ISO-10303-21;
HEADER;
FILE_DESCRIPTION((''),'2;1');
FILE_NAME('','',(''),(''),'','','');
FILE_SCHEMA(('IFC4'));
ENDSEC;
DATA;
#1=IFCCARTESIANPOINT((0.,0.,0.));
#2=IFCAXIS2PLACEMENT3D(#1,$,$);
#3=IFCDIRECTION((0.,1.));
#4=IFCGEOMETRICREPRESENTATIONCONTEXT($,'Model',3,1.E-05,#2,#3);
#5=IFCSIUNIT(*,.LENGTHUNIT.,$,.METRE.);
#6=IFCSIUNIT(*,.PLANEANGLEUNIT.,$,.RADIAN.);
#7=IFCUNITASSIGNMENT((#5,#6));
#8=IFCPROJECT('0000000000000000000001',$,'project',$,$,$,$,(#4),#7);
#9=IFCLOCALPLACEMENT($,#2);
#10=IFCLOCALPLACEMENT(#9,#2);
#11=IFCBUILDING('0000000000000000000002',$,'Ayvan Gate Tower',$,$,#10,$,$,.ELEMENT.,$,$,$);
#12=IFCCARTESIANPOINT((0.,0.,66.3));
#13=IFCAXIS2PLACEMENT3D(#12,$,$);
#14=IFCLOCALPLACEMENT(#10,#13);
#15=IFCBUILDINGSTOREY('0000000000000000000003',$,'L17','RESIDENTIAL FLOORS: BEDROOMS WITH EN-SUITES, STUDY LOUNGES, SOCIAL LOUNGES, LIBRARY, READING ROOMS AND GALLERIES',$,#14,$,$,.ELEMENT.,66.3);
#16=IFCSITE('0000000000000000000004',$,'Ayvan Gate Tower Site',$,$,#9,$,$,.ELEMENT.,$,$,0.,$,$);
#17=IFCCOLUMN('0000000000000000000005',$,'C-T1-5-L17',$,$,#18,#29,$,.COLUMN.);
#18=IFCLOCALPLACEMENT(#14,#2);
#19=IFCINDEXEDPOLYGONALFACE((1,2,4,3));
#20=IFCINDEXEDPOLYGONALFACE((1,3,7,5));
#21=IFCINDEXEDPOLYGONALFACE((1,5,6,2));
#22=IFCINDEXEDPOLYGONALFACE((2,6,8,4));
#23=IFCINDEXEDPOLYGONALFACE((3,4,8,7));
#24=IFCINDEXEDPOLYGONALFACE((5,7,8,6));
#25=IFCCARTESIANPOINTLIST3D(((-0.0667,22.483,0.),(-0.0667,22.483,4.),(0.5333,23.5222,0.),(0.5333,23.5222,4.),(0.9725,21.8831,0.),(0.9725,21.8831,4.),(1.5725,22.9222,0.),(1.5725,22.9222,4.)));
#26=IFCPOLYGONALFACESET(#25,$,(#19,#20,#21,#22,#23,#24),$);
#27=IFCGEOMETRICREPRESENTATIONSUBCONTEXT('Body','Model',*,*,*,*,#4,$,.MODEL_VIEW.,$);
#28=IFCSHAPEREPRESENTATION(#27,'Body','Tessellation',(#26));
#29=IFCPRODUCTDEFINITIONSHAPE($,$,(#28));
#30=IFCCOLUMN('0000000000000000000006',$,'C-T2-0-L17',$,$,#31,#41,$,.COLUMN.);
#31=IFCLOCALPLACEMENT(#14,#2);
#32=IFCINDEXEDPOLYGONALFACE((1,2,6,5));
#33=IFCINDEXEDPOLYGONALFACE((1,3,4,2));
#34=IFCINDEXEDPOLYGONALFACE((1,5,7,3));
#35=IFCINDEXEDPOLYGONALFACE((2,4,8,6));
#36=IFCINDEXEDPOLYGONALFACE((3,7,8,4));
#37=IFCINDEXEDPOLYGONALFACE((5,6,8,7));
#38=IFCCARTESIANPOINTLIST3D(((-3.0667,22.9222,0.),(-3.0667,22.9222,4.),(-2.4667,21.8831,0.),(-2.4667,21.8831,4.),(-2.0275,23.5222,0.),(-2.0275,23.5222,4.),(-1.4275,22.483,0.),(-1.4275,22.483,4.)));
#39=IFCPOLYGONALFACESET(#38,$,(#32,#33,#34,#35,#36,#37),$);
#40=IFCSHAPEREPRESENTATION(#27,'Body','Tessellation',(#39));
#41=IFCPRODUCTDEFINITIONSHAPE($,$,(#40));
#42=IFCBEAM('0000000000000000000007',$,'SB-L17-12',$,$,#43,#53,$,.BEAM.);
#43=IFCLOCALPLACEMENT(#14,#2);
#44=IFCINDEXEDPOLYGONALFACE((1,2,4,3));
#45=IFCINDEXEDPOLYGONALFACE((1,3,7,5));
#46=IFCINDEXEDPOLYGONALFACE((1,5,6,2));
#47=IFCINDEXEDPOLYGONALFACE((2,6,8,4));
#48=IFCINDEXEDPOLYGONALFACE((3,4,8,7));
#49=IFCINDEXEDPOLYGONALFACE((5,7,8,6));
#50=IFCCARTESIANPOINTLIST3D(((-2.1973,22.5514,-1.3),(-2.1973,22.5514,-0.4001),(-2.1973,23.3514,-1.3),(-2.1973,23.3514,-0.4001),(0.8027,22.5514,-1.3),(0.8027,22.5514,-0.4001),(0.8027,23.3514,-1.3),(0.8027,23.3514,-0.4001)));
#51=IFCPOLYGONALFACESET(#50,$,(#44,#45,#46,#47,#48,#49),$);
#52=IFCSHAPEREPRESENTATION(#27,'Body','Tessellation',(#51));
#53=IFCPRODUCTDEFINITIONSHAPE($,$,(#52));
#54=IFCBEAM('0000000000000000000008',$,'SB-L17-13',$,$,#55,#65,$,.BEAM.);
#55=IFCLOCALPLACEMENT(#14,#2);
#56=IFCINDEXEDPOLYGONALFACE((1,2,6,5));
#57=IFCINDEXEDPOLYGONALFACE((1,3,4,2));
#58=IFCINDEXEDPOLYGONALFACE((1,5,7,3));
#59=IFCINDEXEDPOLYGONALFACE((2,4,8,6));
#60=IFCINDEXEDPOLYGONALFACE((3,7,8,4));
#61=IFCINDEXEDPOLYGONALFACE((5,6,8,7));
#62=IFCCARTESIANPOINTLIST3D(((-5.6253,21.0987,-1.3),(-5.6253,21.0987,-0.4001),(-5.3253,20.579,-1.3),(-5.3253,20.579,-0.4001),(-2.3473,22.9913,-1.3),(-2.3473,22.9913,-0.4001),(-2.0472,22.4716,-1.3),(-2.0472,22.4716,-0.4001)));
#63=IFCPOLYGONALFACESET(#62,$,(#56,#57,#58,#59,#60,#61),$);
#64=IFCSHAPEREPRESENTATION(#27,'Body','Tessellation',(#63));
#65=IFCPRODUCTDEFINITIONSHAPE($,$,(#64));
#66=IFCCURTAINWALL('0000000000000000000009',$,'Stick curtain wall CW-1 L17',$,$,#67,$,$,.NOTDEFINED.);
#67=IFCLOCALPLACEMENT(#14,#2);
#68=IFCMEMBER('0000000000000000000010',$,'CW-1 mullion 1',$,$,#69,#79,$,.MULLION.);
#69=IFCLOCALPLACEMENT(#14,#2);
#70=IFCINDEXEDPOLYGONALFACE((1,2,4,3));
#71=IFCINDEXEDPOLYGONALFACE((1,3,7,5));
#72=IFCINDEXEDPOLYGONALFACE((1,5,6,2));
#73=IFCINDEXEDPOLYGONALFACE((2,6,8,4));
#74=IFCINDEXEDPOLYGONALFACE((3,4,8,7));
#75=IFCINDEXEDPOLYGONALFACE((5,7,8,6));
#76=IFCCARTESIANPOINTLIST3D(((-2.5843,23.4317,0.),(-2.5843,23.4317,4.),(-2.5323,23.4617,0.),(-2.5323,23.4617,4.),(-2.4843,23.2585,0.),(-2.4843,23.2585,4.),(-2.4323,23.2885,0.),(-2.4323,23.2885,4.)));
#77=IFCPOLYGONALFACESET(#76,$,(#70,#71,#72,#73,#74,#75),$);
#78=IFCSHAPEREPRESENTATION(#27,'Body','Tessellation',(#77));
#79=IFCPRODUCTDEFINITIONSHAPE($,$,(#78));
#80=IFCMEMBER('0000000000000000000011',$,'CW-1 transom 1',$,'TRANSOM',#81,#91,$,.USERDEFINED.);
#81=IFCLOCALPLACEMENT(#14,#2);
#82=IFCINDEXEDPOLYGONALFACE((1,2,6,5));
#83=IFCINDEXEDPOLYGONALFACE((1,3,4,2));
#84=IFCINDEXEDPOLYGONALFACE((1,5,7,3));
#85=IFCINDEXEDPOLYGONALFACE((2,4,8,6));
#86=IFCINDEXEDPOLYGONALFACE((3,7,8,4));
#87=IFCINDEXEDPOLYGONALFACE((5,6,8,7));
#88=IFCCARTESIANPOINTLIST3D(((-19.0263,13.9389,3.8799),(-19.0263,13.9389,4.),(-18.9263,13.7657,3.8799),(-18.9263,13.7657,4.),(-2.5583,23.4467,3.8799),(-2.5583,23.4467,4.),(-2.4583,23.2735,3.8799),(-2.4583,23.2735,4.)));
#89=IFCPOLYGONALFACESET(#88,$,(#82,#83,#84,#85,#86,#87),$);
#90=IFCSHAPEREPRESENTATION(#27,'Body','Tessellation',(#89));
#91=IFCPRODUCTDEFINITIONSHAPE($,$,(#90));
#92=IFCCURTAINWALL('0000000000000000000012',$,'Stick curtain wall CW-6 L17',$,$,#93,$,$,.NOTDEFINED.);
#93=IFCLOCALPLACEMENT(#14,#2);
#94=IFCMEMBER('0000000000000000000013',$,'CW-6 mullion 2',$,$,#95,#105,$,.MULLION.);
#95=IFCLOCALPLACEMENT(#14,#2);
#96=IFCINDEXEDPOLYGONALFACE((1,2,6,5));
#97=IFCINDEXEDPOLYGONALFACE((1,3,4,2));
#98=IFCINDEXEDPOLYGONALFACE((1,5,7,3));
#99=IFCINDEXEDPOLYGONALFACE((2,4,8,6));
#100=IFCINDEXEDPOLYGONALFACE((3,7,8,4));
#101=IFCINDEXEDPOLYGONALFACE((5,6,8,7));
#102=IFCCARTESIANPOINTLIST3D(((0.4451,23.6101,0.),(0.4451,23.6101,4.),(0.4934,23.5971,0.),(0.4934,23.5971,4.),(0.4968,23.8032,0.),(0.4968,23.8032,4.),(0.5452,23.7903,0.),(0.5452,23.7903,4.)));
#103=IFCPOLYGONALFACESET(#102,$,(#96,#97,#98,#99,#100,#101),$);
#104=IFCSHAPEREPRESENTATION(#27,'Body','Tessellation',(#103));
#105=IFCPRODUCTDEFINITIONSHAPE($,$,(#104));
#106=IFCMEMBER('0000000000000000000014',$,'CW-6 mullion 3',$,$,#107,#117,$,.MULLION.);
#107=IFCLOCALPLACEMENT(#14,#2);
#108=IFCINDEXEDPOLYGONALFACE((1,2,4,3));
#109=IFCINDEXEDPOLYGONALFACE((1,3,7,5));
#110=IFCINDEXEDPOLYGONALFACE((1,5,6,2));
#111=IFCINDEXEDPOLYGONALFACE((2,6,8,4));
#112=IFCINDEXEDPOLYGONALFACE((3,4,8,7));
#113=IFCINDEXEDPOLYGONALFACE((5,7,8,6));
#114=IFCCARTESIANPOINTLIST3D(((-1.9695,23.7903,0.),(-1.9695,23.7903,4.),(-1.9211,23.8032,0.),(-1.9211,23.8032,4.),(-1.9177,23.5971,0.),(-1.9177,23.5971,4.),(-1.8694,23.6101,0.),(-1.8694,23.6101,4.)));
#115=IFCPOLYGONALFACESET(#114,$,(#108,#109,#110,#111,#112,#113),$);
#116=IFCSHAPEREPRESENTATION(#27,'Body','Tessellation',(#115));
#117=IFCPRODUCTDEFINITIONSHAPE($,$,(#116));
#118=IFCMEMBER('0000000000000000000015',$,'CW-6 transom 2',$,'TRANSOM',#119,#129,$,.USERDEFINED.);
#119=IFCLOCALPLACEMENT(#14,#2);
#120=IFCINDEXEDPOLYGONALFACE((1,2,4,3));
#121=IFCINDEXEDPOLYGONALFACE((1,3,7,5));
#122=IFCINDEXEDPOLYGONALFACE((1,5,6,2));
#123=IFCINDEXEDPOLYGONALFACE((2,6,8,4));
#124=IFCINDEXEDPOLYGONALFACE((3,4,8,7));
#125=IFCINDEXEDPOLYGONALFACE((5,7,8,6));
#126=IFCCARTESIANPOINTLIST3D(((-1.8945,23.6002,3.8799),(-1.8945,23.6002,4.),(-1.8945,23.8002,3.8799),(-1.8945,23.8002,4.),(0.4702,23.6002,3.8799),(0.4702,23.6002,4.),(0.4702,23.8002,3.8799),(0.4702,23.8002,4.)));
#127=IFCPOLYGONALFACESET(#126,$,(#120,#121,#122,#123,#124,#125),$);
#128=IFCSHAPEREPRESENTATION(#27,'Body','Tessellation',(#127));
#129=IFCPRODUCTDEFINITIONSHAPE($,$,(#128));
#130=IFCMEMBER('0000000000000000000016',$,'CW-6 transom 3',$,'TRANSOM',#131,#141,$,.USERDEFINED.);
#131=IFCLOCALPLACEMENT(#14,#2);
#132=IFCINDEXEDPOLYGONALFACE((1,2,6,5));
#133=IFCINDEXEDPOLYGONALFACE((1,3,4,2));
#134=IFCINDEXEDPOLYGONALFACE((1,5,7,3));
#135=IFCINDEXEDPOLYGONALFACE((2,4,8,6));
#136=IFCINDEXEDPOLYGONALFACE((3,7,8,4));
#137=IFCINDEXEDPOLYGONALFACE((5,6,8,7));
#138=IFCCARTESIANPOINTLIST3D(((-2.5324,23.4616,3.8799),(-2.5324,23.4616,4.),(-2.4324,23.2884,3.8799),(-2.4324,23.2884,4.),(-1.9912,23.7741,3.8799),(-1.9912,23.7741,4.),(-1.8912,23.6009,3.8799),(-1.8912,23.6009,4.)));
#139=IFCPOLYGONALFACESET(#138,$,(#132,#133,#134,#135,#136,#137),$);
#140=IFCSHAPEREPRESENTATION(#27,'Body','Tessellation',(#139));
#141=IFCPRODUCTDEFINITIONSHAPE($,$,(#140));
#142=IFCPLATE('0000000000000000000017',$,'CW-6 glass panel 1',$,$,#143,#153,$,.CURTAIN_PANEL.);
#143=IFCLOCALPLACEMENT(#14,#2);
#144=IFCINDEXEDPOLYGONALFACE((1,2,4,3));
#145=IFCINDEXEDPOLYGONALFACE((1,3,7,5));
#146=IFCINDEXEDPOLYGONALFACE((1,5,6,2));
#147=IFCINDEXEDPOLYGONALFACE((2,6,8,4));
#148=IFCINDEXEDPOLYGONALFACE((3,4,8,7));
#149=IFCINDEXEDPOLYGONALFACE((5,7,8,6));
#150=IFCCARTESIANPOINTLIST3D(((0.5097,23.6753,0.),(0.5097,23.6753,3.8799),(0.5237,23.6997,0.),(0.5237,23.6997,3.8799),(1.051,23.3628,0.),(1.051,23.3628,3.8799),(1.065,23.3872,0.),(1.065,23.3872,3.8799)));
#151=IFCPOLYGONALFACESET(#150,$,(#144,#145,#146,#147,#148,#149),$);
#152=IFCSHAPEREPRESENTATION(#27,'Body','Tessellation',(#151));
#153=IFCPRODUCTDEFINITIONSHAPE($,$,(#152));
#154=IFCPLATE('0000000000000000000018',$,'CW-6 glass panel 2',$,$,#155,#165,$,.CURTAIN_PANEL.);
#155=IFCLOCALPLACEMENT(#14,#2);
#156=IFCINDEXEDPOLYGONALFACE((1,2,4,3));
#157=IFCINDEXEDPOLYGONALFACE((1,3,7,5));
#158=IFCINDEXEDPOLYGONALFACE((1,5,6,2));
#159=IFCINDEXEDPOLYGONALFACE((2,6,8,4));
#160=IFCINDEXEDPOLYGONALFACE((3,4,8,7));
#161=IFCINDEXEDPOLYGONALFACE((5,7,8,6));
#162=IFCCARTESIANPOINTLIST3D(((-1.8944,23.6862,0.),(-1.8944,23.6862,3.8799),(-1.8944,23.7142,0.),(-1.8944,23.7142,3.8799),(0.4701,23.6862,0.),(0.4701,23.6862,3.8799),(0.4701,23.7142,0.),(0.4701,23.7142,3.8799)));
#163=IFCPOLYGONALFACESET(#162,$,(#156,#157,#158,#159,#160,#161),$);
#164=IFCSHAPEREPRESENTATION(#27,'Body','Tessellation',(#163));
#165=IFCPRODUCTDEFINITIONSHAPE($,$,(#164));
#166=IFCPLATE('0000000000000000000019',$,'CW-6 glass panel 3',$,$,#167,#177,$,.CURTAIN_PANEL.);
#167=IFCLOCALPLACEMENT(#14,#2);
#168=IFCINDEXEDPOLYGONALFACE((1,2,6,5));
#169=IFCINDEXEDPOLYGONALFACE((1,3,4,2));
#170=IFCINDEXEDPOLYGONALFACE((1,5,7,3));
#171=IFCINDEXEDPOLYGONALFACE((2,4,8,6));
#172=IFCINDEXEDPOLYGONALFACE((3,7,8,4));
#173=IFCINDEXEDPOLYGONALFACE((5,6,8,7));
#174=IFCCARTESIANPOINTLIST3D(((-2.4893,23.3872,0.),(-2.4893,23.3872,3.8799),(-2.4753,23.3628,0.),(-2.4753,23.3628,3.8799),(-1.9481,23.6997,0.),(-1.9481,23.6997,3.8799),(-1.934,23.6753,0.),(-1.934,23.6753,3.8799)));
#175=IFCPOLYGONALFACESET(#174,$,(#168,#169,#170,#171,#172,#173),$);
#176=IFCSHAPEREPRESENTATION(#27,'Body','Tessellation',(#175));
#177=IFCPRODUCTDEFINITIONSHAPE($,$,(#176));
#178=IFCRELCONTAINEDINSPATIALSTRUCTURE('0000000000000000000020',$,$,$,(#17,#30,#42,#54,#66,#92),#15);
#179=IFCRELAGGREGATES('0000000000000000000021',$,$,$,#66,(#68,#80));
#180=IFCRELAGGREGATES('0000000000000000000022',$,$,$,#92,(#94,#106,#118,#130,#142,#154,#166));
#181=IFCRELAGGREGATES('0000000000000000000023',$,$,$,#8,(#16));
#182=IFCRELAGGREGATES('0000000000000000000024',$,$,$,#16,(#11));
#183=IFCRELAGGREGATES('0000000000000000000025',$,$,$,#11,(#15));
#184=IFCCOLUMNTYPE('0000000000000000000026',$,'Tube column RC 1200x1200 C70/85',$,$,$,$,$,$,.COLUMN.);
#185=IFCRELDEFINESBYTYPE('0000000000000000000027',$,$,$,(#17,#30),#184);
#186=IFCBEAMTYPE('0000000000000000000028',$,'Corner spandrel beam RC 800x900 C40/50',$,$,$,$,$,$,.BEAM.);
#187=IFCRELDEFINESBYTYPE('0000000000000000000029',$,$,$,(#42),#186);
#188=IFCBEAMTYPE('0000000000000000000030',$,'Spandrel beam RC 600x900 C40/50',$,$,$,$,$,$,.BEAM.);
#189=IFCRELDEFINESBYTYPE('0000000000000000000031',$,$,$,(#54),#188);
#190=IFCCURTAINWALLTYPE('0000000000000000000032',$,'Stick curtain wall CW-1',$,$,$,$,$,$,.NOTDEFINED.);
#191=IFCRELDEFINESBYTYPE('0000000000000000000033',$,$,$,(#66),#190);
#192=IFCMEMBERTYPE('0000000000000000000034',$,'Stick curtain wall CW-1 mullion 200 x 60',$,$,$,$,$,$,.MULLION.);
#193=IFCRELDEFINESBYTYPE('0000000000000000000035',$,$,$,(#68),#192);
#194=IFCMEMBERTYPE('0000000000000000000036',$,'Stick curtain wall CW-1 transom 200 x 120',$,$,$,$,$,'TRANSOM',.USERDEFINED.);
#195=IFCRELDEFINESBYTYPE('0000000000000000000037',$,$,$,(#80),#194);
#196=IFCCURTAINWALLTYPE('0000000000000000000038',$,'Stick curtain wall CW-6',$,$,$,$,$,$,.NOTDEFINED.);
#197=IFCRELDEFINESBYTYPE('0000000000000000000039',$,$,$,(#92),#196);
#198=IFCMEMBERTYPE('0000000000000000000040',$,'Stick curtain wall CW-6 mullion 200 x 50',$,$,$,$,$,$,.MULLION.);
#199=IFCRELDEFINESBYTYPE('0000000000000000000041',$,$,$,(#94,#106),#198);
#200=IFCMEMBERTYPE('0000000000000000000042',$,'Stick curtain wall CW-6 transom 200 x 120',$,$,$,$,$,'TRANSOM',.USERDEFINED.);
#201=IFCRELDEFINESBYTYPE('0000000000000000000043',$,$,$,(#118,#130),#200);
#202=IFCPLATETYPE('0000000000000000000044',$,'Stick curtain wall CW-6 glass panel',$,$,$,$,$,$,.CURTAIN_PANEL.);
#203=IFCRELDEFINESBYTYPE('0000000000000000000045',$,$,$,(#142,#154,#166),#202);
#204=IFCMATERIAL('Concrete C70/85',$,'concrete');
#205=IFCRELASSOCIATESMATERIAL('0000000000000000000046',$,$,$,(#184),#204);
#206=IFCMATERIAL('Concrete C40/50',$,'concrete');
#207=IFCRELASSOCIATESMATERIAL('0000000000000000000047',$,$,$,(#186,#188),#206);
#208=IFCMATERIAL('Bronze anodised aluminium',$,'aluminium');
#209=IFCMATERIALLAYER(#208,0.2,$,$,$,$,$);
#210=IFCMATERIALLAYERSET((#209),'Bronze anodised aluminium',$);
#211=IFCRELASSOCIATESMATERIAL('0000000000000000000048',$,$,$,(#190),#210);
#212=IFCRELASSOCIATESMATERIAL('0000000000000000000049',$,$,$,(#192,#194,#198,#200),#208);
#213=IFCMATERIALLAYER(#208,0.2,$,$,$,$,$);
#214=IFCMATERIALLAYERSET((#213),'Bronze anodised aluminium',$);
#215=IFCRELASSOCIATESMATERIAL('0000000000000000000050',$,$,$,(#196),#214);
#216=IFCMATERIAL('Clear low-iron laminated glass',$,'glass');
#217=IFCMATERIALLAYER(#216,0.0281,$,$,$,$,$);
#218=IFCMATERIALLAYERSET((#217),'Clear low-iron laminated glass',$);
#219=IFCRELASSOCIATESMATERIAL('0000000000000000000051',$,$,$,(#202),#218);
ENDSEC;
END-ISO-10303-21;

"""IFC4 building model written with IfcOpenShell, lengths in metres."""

from ifc_helpers import new_model, si_unit, direction, frame, origin, origin_2d, place, context, subcontext, project, spatial, rectangle, extrude, material, layer, layer_set, material_profile, profile_set, type_object, element, aggregate, save


model = new_model("IFC4")

# Units and contexts
model_context = context("Model", 3, precision=1e-05, world=origin(), true_north=direction((0.0, 1.0)))
body_context = subcontext(model_context, "Body", "Model", "MODEL_VIEW")
ifc_project = project(units=[si_unit("LENGTHUNIT", "METRE"), si_unit("PLANEANGLEUNIT", "RADIAN")], contexts=[model_context])

# Site, building, storey
site_placement = place(None, origin())
site = spatial("IfcSite", under=ifc_project, at=site_placement, Name="Ayvan Gate Tower Site", CompositionType="ELEMENT", RefElevation=0.0)
building_placement = place(site_placement, origin())
building = spatial("IfcBuilding", under=site, at=building_placement, Name="Ayvan Gate Tower", CompositionType="ELEMENT")
storey_placement = place(building_placement, frame((0.0, 0.0, 66.3)))
storey = spatial("IfcBuildingStorey", under=building, at=storey_placement, Name="L17", Description="RESIDENTIAL FLOORS: BEDROOMS WITH EN-SUITES, STUDY LOUNGES, SOCIAL LOUNGES, LIBRARY, READING ROOMS AND GALLERIES", CompositionType="ELEMENT", Elevation=66.3)

# Columns
ifc_material_1 = material(Name="Concrete C70/85", Category="concrete")
ifc_material_profile_1 = material_profile(ifc_material_1, rectangle(XDim=1.2, YDim=1.2, at=origin_2d()), Name="RC 1200x1200")
ifc_profile_set_1 = profile_set([ifc_material_profile_1], Name="Concrete C70/85")
column_type = type_object("IfcColumnType", Name="Tube column RC 1200x1200 C70/85", PredefinedType="COLUMN", material=ifc_profile_set_1)
for number, where, z_axis, x_axis, name in (
    (1, (0.7529, 22.7026, 0.0), (0.0, 0.0, 1.0), (0.5, 0.866025, 0.0), "C-T1-5-L17"),
    (2, (-2.2471, 22.7026, 0.0), (0.0, 0.0, 1.0), (-0.5, 0.866025, 0.0), "C-T2-0-L17"),
):
    element("IfcColumn", number, at=place(storey_placement, frame(where, z_axis=z_axis, x_axis=x_axis)), inside=storey, type_object=column_type, Name=name, PredefinedType="COLUMN", context=body_context, shape_type="SweptSolid", body=[
        extrude(rectangle(XDim=1.2, YDim=1.2, at=origin_2d()), origin(), (0.0, 0.0, 1.0), 4.0),
    ])

# Beams
ifc_material_2 = material(Name="Concrete C40/50", Category="concrete")
ifc_material_profile_2 = material_profile(ifc_material_2, rectangle(XDim=0.8, YDim=0.8999, at=origin_2d()), Name="RC 800x900")
ifc_profile_set_2 = profile_set([ifc_material_profile_2], Name="Concrete C40/50")
beam_type_1 = type_object("IfcBeamType", Name="Corner spandrel beam RC 800x900 C40/50", PredefinedType="BEAM", material=ifc_profile_set_2)
beam_1_placement = place(storey_placement, frame((0.8027, 22.9514, -0.8501), z_axis=(-1.0, 0.0, 0.0), x_axis=(0.0, -1.0, 0.0)))
element("IfcBeam", 3, at=beam_1_placement, inside=storey, type_object=beam_type_1, Name="SB-L17-12", PredefinedType="BEAM", context=body_context, shape_type="SweptSolid", body=[
    extrude(rectangle(XDim=0.8, YDim=0.8999, at=origin_2d()), origin(), (0.0, 0.0, 1.0), 3.0),
])
ifc_material_profile_3 = material_profile(ifc_material_2, rectangle(XDim=0.6001, YDim=0.8999, at=origin_2d()), Name="RC 600x900")
ifc_profile_set_3 = profile_set([ifc_material_profile_3], Name="Concrete C40/50")
beam_type_2 = type_object("IfcBeamType", Name="Spandrel beam RC 600x900 C40/50", PredefinedType="BEAM", material=ifc_profile_set_3)
beam_2_placement = place(storey_placement, frame((-2.1973, 22.7314, -0.8501), z_axis=(-0.866028, -0.499996, 0.0), x_axis=(0.499996, -0.866028, 0.0)))
element("IfcBeam", 4, at=beam_2_placement, inside=storey, type_object=beam_type_2, Name="SB-L17-13", PredefinedType="BEAM", context=body_context, shape_type="SweptSolid", body=[
    extrude(rectangle(XDim=0.6001, YDim=0.8999, at=origin_2d()), origin(), (0.0, 0.0, 1.0), 3.7852),
])

# Curtain wall, members
ifc_material_3 = material(Name="Bronze anodised aluminium", Category="aluminium")
ifc_layer_1 = layer(ifc_material_3, 0.2)
ifc_layer_set_1 = layer_set([ifc_layer_1], Name="Bronze anodised aluminium")
curtain_wall_type_1 = type_object("IfcCurtainWallType", Name="Stick curtain wall CW-1", PredefinedType="NOTDEFINED", material=ifc_layer_set_1)
curtain_wall_1_placement = place(storey_placement, origin())
curtain_wall_1 = element("IfcCurtainWall", 5, at=curtain_wall_1_placement, inside=storey, type_object=curtain_wall_type_1, Name="Stick curtain wall CW-1 L17", PredefinedType="NOTDEFINED")
ifc_material_profile_4 = material_profile(ifc_material_3, rectangle(XDim=0.2, YDim=0.0601, at=origin_2d()), Name="Stick curtain wall CW-1 mullion 200 x 60")
ifc_profile_set_4 = profile_set([ifc_material_profile_4], Name="Bronze anodised aluminium")
member_type_1 = type_object("IfcMemberType", Name="Stick curtain wall CW-1 mullion 200 x 60", PredefinedType="MULLION", material=ifc_profile_set_4)
member_1_placement = place(storey_placement, frame((-2.5083, 23.3601, 0.0), z_axis=(0.0, 0.0, 1.0), x_axis=(-0.5, 0.866025, 0.0)))
member_1 = element("IfcMember", 6, at=member_1_placement, type_object=member_type_1, Name="CW-1 mullion 1", PredefinedType="MULLION", context=body_context, shape_type="SweptSolid", body=[
    extrude(rectangle(XDim=0.2, YDim=0.0601, at=origin_2d()), origin(), (0.0, 0.0, 1.0), 4.0),
])
ifc_material_profile_5 = material_profile(ifc_material_3, rectangle(XDim=0.2, YDim=0.1201, at=origin_2d()), Name="Stick curtain wall CW-1 transom 200 x 120")
ifc_profile_set_5 = profile_set([ifc_material_profile_5], Name="Bronze anodised aluminium")
member_type_2 = type_object("IfcMemberType", Name="Stick curtain wall CW-1 transom 200 x 120", ElementType="TRANSOM", PredefinedType="USERDEFINED", material=ifc_profile_set_5)
member_2_placement = place(storey_placement, frame((-2.5083, 23.3601, 3.9399), z_axis=(-0.866025, -0.5, 0.0), x_axis=(0.5, -0.866025, 0.0)))
member_2 = element("IfcMember", 7, at=member_2_placement, type_object=member_type_2, Name="CW-1 transom 1", ObjectType="TRANSOM", PredefinedType="USERDEFINED", context=body_context, shape_type="SweptSolid", body=[
    extrude(rectangle(XDim=0.2, YDim=0.1201, at=origin_2d()), origin(), (0.0, 0.0, 1.0), 19.0156),
])
aggregate(curtain_wall_1, [member_1, member_2])

# Curtain wall, members, plates
ifc_layer_2 = layer(ifc_material_3, 0.2)
ifc_layer_set_2 = layer_set([ifc_layer_2], Name="Bronze anodised aluminium")
curtain_wall_type_2 = type_object("IfcCurtainWallType", Name="Stick curtain wall CW-6", PredefinedType="NOTDEFINED", material=ifc_layer_set_2)
curtain_wall_2_placement = place(storey_placement, origin())
curtain_wall_2 = element("IfcCurtainWall", 8, at=curtain_wall_2_placement, inside=storey, type_object=curtain_wall_type_2, Name="Stick curtain wall CW-6 L17", PredefinedType="NOTDEFINED")
ifc_material_profile_6 = material_profile(ifc_material_3, rectangle(XDim=0.2, YDim=0.05, at=origin_2d()), Name="Stick curtain wall CW-6 mullion 200 x 50")
ifc_profile_set_6 = profile_set([ifc_material_profile_6], Name="Bronze anodised aluminium")
member_type_3 = type_object("IfcMemberType", Name="Stick curtain wall CW-6 mullion 200 x 50", PredefinedType="MULLION", material=ifc_profile_set_6)
member_3_placement = place(storey_placement, frame((0.4951, 23.7002, 0.0), z_axis=(0.0, 0.0, 1.0), x_axis=(0.258819, 0.965926, 0.0)))
member_3 = element("IfcMember", 9, at=member_3_placement, type_object=member_type_3, Name="CW-6 mullion 2", PredefinedType="MULLION", context=body_context, shape_type="SweptSolid", body=[
    extrude(rectangle(XDim=0.2, YDim=0.05, at=origin_2d()), origin(), (0.0, 0.0, 1.0), 4.0),
])
member_4_placement = place(storey_placement, frame((-1.9194, 23.7002, 0.0), z_axis=(0.0, 0.0, 1.0), x_axis=(-0.258819, 0.965926, 0.0)))
member_4 = element("IfcMember", 10, at=member_4_placement, type_object=member_type_3, Name="CW-6 mullion 3", PredefinedType="MULLION", context=body_context, shape_type="SweptSolid", body=[
    extrude(rectangle(XDim=0.2, YDim=0.05, at=origin_2d()), origin(), (0.0, 0.0, 1.0), 4.0),
])
ifc_material_profile_7 = material_profile(ifc_material_3, rectangle(XDim=0.2, YDim=0.1201, at=origin_2d()), Name="Stick curtain wall CW-6 transom 200 x 120")
ifc_profile_set_7 = profile_set([ifc_material_profile_7], Name="Bronze anodised aluminium")
member_type_4 = type_object("IfcMemberType", Name="Stick curtain wall CW-6 transom 200 x 120", ElementType="TRANSOM", PredefinedType="USERDEFINED", material=ifc_profile_set_7)
member_5_placement = place(storey_placement, frame((0.4702, 23.7002, 3.9399), z_axis=(-1.0, 0.0, 0.0), x_axis=(0.0, -1.0, 0.0)))
member_5 = element("IfcMember", 11, at=member_5_placement, type_object=member_type_4, Name="CW-6 transom 2", ObjectType="TRANSOM", PredefinedType="USERDEFINED", context=body_context, shape_type="SweptSolid", body=[
    extrude(rectangle(XDim=0.2, YDim=0.1201, at=origin_2d()), origin(), (0.0, 0.0, 1.0), 2.3647),
])
member_6_placement = place(storey_placement, frame((-1.9412, 23.6875, 3.9399), z_axis=(-0.866023, -0.500004, 0.0), x_axis=(0.500004, -0.866023, 0.0)))
member_6 = element("IfcMember", 12, at=member_6_placement, type_object=member_type_4, Name="CW-6 transom 3", ObjectType="TRANSOM", PredefinedType="USERDEFINED", context=body_context, shape_type="SweptSolid", body=[
    extrude(rectangle(XDim=0.2, YDim=0.1201, at=origin_2d()), origin(), (0.0, 0.0, 1.0), 0.625),
])
ifc_material_4 = material(Name="Clear low-iron laminated glass", Category="glass")
ifc_layer_3 = layer(ifc_material_4, 0.0281)
ifc_layer_set_3 = layer_set([ifc_layer_3], Name="Clear low-iron laminated glass")
plate_type = type_object("IfcPlateType", Name="Stick curtain wall CW-6 glass panel", PredefinedType="CURTAIN_PANEL", material=ifc_layer_set_3)
plate_1_placement = place(storey_placement, frame((0.7874, 23.5312, 0.0), z_axis=(0.0, 0.0, 1.0), x_axis=(-0.866025, 0.5, 0.0)))
plate_1 = element("IfcPlate", 13, at=plate_1_placement, type_object=plate_type, Name="CW-6 glass panel 1", PredefinedType="CURTAIN_PANEL", context=body_context, shape_type="SweptSolid", body=[
    extrude(rectangle(XDim=0.625, YDim=0.0281, at=origin_2d()), origin(), (0.0, 0.0, 1.0), 3.8799),
])
plate_2_placement = place(storey_placement, frame((-0.7122, 23.7002, 0.0), z_axis=(0.0, 0.0, 1.0), x_axis=(-1.0, 0.0, 0.0)))
plate_2 = element("IfcPlate", 14, at=plate_2_placement, type_object=plate_type, Name="CW-6 glass panel 2", PredefinedType="CURTAIN_PANEL", context=body_context, shape_type="SweptSolid", body=[
    extrude(rectangle(XDim=2.3645, YDim=0.0281, at=origin_2d()), origin(), (0.0, 0.0, 1.0), 3.8799),
])
plate_3_placement = place(storey_placement, frame((-2.2117, 23.5312, 0.0), z_axis=(0.0, 0.0, 1.0), x_axis=(-0.866025, -0.5, 0.0)))
plate_3 = element("IfcPlate", 15, at=plate_3_placement, type_object=plate_type, Name="CW-6 glass panel 3", PredefinedType="CURTAIN_PANEL", context=body_context, shape_type="SweptSolid", body=[
    extrude(rectangle(XDim=0.625, YDim=0.0281, at=origin_2d()), origin(), (0.0, 0.0, 1.0), 3.8799),
])
aggregate(curtain_wall_2, [member_3, member_4, member_5, member_6, plate_1, plate_2, plate_3])

save(model, "model.ifc")
